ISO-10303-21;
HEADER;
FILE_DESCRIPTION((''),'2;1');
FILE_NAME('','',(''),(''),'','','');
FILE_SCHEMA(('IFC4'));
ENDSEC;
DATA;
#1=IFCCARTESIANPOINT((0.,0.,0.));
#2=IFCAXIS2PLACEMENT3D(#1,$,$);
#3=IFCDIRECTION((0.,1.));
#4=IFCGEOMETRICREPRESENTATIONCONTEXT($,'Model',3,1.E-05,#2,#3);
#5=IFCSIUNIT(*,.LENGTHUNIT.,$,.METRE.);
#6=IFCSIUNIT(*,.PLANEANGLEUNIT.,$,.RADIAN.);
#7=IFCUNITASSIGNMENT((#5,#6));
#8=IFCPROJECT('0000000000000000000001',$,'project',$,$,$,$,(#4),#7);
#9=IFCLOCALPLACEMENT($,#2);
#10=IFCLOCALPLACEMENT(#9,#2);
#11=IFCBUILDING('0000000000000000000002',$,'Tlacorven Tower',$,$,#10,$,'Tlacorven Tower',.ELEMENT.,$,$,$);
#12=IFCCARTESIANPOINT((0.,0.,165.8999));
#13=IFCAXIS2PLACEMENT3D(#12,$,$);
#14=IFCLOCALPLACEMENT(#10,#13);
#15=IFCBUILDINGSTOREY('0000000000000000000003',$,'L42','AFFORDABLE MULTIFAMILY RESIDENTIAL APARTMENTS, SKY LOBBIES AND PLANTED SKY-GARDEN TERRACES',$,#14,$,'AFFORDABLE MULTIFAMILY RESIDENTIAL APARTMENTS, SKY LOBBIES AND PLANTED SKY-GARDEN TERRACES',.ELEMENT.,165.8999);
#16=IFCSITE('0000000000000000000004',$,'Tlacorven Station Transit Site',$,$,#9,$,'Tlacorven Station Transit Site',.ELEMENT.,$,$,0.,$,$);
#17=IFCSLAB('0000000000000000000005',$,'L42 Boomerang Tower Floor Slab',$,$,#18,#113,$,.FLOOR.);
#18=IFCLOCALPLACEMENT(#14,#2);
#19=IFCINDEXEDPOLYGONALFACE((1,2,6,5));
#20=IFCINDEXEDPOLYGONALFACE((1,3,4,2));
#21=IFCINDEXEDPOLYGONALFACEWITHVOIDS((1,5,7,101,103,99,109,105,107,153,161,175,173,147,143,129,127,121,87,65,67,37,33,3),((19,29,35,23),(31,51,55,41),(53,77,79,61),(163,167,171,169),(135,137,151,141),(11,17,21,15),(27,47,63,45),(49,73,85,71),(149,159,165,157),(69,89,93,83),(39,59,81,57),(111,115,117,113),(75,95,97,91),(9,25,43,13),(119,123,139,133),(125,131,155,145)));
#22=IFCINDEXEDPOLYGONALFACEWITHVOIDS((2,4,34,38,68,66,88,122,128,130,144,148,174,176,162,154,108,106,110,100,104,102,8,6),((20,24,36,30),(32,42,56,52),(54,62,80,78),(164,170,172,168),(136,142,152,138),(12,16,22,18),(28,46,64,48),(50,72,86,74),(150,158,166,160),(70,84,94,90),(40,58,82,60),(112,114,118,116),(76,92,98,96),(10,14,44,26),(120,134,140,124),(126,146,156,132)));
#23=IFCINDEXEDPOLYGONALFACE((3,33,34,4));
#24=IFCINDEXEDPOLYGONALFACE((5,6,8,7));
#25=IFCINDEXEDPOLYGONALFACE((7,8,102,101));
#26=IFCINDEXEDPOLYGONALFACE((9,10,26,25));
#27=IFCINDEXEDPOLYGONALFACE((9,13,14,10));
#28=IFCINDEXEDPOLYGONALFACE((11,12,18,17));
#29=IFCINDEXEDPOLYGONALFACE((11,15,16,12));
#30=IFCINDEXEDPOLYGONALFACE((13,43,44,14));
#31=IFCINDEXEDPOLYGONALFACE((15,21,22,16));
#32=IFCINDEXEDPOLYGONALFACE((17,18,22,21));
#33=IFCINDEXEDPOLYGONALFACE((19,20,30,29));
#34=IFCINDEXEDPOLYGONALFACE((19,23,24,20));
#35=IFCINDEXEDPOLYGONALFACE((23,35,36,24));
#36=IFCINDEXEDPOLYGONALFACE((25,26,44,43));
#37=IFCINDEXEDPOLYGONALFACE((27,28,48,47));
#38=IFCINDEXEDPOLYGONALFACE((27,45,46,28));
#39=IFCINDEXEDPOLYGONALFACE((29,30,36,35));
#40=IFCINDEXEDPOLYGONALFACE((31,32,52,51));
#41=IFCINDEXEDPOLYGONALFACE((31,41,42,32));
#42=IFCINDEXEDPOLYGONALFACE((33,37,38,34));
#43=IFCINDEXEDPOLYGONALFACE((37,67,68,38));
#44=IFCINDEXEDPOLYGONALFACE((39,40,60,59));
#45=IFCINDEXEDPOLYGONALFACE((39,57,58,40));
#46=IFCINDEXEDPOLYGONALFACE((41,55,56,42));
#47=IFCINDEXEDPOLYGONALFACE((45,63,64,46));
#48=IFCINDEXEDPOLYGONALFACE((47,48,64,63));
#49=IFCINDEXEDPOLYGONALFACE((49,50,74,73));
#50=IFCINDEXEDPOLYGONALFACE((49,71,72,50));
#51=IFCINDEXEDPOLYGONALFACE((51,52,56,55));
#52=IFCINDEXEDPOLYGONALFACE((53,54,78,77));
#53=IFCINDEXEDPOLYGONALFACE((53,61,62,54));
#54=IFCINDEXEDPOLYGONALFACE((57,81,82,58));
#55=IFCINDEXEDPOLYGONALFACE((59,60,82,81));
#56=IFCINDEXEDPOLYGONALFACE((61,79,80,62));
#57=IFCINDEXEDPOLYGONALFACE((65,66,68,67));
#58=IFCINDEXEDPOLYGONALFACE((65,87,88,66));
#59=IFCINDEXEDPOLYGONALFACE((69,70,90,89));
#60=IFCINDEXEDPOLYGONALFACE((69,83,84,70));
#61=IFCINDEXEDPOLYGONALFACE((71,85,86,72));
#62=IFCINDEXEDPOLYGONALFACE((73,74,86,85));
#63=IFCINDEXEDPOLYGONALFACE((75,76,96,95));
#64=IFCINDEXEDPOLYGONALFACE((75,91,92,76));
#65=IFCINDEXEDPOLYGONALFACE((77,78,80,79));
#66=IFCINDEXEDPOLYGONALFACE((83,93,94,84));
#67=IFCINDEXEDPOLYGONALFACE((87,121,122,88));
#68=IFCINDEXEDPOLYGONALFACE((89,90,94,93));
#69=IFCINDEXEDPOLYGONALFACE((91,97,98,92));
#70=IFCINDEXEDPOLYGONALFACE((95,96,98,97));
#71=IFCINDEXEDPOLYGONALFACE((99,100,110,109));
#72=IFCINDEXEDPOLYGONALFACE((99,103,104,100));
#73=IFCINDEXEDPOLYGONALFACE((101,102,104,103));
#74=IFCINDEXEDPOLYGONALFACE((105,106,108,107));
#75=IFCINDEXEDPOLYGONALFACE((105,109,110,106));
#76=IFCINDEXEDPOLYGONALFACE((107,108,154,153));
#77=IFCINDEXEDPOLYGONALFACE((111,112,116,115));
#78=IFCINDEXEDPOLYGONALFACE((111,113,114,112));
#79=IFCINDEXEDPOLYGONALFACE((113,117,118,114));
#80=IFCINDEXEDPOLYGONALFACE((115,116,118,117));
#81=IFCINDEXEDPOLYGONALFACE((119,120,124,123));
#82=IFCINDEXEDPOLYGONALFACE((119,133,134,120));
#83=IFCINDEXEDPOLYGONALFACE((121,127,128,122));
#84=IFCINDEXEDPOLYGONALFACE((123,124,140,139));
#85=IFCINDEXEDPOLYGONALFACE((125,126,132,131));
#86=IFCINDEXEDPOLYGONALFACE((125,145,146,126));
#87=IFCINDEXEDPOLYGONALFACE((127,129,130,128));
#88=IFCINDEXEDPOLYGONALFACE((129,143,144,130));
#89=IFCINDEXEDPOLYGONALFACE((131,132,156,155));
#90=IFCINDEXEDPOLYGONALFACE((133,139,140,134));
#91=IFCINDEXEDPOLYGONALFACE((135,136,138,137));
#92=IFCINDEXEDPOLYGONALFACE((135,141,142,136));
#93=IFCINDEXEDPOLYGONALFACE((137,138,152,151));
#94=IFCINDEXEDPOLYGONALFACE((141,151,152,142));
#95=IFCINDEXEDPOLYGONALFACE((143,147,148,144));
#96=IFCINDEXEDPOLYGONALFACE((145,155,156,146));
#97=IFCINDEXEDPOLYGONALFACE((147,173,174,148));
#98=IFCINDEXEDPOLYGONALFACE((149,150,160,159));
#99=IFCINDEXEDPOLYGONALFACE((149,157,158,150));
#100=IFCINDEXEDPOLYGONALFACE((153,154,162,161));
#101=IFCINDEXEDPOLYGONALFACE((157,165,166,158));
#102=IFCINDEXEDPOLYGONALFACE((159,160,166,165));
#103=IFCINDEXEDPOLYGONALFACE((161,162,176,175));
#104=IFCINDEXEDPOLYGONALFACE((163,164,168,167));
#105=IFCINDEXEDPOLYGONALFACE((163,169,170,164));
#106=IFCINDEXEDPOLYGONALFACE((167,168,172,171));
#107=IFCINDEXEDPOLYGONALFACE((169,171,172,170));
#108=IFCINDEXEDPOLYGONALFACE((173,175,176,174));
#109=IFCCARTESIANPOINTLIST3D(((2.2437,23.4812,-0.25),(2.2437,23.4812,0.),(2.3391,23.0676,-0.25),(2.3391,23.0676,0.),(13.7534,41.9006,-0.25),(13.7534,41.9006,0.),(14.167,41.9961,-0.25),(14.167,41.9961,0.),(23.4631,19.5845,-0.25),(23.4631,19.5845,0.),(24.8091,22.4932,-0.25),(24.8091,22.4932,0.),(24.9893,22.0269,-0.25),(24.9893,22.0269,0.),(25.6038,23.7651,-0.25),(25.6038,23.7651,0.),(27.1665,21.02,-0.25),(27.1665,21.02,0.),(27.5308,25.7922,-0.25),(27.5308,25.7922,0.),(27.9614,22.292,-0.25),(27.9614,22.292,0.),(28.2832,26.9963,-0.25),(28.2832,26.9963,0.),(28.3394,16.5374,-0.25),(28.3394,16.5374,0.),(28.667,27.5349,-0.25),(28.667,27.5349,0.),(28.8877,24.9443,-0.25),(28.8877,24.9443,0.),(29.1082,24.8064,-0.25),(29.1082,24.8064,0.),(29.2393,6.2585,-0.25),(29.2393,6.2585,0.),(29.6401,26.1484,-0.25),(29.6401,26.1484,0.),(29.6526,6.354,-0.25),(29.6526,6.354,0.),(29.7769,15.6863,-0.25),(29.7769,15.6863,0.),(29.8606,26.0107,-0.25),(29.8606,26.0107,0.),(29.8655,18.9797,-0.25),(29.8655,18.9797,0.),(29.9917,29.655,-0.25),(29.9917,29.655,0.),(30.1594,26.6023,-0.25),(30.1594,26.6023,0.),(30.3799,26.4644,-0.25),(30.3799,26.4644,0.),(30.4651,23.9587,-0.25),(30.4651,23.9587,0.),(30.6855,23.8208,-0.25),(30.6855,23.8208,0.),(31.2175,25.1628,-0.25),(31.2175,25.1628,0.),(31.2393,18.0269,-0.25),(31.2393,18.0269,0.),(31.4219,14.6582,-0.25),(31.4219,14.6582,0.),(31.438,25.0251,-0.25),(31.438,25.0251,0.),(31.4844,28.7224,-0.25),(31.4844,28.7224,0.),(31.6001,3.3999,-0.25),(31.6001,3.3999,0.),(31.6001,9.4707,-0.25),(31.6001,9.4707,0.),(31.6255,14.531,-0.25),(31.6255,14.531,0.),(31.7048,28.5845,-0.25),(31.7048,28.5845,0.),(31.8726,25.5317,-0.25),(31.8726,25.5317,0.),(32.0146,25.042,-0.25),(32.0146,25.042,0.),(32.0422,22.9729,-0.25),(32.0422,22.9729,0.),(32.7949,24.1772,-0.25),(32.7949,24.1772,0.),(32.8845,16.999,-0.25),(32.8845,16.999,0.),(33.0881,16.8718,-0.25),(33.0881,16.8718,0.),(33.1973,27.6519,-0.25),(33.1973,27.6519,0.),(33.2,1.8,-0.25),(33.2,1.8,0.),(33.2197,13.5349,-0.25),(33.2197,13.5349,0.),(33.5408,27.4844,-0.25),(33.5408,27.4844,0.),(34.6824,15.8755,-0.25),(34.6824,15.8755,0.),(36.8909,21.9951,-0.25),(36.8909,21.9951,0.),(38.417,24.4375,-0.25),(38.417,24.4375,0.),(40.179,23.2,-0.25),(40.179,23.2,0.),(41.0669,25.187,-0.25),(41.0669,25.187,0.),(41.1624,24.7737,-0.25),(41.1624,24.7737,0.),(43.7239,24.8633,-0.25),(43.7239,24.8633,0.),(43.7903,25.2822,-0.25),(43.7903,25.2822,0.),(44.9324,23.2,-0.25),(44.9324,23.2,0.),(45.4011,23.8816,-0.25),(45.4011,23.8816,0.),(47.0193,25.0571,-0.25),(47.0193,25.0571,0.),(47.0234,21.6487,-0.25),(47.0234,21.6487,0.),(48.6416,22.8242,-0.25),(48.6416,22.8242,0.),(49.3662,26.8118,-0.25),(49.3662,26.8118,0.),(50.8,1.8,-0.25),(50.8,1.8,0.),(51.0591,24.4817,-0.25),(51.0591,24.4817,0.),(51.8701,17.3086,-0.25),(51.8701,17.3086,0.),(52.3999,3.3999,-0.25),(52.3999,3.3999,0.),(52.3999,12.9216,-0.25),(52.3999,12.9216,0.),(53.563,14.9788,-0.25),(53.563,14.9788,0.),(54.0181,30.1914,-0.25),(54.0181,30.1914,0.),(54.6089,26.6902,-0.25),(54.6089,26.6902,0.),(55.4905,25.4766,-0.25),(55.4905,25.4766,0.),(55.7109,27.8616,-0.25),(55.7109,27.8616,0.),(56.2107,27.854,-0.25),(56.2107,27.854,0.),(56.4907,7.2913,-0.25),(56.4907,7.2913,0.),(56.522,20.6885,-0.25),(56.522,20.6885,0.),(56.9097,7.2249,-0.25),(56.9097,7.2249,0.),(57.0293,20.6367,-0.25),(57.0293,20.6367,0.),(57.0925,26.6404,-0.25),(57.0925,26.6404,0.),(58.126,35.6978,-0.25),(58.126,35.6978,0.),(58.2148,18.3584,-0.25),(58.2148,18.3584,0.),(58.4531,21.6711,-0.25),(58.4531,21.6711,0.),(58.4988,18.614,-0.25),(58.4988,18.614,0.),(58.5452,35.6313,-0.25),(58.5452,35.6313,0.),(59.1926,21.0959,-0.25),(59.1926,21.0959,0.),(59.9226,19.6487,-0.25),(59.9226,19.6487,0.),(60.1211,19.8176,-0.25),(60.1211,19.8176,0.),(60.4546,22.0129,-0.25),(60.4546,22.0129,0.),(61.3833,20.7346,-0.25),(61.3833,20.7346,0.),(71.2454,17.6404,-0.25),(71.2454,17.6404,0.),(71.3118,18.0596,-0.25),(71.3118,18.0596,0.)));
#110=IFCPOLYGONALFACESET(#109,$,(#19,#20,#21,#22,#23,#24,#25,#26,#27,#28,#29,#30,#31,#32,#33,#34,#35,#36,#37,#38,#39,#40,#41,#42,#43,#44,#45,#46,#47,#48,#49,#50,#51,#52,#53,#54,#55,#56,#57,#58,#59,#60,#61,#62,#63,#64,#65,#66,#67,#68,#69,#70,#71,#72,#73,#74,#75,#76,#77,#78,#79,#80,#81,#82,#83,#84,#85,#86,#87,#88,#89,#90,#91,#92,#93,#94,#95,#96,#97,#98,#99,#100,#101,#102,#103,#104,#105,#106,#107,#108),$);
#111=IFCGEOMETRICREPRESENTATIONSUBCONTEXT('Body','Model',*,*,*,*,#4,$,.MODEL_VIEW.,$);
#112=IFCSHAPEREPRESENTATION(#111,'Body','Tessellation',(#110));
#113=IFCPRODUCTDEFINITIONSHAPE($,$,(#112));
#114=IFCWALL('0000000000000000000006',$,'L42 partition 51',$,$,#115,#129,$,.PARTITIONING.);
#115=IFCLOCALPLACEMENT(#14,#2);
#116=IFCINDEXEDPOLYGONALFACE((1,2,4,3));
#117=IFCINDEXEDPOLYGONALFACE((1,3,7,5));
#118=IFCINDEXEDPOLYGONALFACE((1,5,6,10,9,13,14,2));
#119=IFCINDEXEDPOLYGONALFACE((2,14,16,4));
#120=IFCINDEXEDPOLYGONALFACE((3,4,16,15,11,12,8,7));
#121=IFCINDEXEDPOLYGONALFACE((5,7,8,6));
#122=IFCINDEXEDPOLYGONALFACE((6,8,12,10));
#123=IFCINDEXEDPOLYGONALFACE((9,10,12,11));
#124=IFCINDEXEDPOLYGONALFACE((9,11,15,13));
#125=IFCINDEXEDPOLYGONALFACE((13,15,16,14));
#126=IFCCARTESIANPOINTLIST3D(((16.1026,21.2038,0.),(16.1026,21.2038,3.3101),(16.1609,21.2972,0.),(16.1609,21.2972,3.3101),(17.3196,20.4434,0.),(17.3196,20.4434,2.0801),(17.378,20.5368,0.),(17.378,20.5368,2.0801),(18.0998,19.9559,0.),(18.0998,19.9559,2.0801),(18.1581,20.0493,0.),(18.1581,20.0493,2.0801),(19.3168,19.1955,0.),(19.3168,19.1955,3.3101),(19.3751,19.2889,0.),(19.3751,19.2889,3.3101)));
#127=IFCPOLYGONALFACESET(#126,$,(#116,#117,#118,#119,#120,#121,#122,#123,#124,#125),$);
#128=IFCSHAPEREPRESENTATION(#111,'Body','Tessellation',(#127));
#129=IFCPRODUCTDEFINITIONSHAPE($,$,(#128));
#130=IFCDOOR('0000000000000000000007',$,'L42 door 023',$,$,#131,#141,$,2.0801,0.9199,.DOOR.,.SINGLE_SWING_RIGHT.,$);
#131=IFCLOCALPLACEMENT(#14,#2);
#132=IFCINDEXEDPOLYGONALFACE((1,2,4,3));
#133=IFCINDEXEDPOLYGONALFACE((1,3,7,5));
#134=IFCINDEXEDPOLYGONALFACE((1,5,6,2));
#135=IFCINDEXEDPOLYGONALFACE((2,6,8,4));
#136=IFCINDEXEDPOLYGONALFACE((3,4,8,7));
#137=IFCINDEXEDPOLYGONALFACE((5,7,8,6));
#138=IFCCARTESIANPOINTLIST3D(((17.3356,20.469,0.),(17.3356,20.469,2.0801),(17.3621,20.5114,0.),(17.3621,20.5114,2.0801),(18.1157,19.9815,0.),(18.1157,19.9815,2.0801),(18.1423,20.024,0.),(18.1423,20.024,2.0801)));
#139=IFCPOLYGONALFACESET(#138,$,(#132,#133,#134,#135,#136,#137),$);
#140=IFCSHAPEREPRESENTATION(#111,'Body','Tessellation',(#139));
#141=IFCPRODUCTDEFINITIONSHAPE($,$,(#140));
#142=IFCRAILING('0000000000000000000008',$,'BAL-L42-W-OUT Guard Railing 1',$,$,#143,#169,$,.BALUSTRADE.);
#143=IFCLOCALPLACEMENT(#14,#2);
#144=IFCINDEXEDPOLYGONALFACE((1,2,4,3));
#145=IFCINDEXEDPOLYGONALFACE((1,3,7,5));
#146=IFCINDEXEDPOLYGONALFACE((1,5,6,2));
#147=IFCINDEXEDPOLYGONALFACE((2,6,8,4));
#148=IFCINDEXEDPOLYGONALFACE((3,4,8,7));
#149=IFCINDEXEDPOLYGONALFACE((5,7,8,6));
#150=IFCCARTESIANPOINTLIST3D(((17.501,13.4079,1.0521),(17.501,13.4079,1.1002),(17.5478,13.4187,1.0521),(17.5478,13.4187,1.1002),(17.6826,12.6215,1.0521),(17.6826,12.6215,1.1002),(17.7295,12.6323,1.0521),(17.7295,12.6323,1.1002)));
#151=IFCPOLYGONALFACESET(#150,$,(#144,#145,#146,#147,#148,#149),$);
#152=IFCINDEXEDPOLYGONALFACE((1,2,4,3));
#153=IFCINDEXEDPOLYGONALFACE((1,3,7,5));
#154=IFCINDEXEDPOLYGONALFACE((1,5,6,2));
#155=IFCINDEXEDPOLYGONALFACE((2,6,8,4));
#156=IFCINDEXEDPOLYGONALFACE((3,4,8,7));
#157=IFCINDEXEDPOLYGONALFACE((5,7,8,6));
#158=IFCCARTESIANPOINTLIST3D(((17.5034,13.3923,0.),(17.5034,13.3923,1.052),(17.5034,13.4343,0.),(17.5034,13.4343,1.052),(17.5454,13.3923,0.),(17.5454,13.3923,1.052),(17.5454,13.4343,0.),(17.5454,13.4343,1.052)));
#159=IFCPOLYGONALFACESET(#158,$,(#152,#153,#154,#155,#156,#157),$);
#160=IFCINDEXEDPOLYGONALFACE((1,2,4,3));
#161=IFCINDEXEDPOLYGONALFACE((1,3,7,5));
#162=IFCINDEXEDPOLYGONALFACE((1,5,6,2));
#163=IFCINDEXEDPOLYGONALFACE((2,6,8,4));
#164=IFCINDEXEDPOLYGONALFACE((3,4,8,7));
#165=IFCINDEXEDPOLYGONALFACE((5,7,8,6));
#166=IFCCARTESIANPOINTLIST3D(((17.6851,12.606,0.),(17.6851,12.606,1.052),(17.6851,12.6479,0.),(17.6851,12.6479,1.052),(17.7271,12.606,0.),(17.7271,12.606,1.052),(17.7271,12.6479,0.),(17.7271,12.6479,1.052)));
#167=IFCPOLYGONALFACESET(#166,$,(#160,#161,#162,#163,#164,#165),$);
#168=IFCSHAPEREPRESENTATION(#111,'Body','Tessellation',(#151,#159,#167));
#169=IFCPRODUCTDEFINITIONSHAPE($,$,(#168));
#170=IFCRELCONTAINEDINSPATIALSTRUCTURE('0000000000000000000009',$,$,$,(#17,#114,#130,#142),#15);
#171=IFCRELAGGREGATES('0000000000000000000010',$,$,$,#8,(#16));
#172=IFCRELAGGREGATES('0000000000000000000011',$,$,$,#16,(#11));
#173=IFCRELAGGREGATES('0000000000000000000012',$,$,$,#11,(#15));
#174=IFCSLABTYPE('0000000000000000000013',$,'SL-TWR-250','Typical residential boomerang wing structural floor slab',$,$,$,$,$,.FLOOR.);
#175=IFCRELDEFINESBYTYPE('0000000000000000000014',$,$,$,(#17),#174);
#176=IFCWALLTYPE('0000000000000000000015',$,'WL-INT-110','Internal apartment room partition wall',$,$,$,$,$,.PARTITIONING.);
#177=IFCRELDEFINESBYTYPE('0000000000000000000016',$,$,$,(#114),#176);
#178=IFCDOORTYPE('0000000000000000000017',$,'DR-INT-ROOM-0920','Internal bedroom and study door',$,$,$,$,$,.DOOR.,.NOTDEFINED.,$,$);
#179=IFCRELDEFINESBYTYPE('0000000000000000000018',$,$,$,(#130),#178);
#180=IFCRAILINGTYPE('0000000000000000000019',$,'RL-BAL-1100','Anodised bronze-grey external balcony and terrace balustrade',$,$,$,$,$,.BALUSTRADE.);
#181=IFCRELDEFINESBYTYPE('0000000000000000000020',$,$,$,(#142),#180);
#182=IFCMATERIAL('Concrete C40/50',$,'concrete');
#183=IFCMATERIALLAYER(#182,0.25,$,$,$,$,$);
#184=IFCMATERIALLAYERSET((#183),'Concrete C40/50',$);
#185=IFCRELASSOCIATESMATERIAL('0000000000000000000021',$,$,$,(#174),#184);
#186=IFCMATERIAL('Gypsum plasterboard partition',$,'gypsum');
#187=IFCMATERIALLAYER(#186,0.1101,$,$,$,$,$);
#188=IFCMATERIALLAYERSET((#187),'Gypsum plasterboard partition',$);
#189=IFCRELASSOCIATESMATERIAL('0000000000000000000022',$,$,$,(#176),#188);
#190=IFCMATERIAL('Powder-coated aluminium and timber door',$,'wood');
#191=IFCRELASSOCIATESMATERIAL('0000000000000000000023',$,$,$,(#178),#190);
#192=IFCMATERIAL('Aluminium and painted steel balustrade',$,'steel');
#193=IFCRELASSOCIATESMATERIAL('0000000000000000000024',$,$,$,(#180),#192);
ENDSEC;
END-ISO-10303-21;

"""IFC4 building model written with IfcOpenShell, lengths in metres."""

from ifc_helpers import new_model, si_unit, direction, frame, frame_2d, origin, origin_2d, place, context, subcontext, project, spatial, polyline, rectangle, outline, extrude, source, transform, mapped, material, layer, layer_set, type_object, element, fill, save


model = new_model("IFC4")

# Units and contexts
model_context = context("Model", 3, precision=1e-05, world=origin(), true_north=direction((0.0, 1.0)))
body_context = subcontext(model_context, "Body", "Model", "MODEL_VIEW")
ifc_project = project(units=[si_unit("LENGTHUNIT", "METRE"), si_unit("PLANEANGLEUNIT", "RADIAN")], contexts=[model_context])

# Site, building, storey
site_placement = place(None, origin())
site = spatial("IfcSite", under=ifc_project, at=site_placement, Name="Tlacorven Station Transit Site", LongName="Tlacorven Station Transit Site", CompositionType="ELEMENT", RefElevation=0.0)
building_placement = place(site_placement, origin())
building = spatial("IfcBuilding", under=site, at=building_placement, Name="Tlacorven Tower", LongName="Tlacorven Tower", CompositionType="ELEMENT")
storey_placement = place(building_placement, frame((0.0, 0.0, 165.8999)))
storey = spatial("IfcBuildingStorey", under=building, at=storey_placement, Name="L42", Description="AFFORDABLE MULTIFAMILY RESIDENTIAL APARTMENTS, SKY LOBBIES AND PLANTED SKY-GARDEN TERRACES", LongName="AFFORDABLE MULTIFAMILY RESIDENTIAL APARTMENTS, SKY LOBBIES AND PLANTED SKY-GARDEN TERRACES", CompositionType="ELEMENT", Elevation=165.8999)

# Shared definitions
ifc_material_1 = material(Name="Concrete C40/50", Category="concrete")

# Slab
ifc_layer_1 = layer(ifc_material_1, 0.25)
ifc_layer_set_1 = layer_set([ifc_layer_1], Name="Concrete C40/50")
slab_type_1 = type_object("IfcSlabType", Name="SL-TWR-250", Description="Typical residential boomerang wing structural floor slab", PredefinedType="FLOOR", material=ifc_layer_set_1)
slab_1_placement = place(storey_placement, frame((0.0, 0.0, -0.25)))
element("IfcSlab", 1, at=slab_1_placement, inside=storey, type_object=slab_type_1, Name="L42 Boomerang Tower Floor Slab", PredefinedType="FLOOR", context=body_context, shape_type="SweptSolid", body=[
    extrude(outline(polyline([(52.3999, 3.3999), (50.8, 1.8), (33.2, 1.8), (31.6001, 3.3999), (31.6001, 9.4707), (29.6526, 6.354), (29.2393, 6.2585), (2.3391, 23.0676), (2.2437, 23.4812), (13.7534, 41.9006), (14.167, 41.9961), (41.0669, 25.187), (41.1624, 24.7737), (40.179, 23.2), (44.9324, 23.2), (43.7239, 24.8633), (43.7903, 25.2822), (58.126, 35.6978), (58.5452, 35.6313), (71.3118, 18.0596), (71.2454, 17.6404), (56.9097, 7.2249), (56.4907, 7.2913), (52.3999, 12.9216), (52.3999, 3.3999)]), holes=[polyline([(29.8655, 18.9797), (24.9893, 22.0269), (23.4631, 19.5845), (28.3394, 16.5374), (29.8655, 18.9797)]), polyline([(38.417, 24.4375), (33.5408, 27.4844), (32.0146, 25.042), (36.8909, 21.9951), (38.417, 24.4375)]), polyline([(51.0591, 24.4817), (55.7109, 27.8616), (54.0181, 30.1914), (49.3662, 26.8118), (51.0591, 24.4817)]), polyline([(53.563, 14.9788), (58.2148, 18.3584), (56.522, 20.6885), (51.8701, 17.3086), (53.563, 14.9788)]), polyline([(34.6824, 15.8755), (33.0881, 16.8718), (31.6255, 14.531), (33.2197, 13.5349), (34.6824, 15.8755)]), polyline([(32.8845, 16.999), (31.2393, 18.0269), (29.7769, 15.6863), (31.4219, 14.6582), (32.8845, 16.999)]), polyline([(47.0234, 21.6487), (48.6416, 22.8242), (47.0193, 25.0571), (45.4011, 23.8816), (47.0234, 21.6487)]), polyline([(33.1973, 27.6519), (31.7048, 28.5845), (30.3799, 26.4644), (31.8726, 25.5317), (33.1973, 27.6519)]), polyline([(31.4844, 28.7224), (29.9917, 29.655), (28.667, 27.5349), (30.1594, 26.6023), (31.4844, 28.7224)]), polyline([(32.7949, 24.1772), (31.438, 25.0251), (30.6855, 23.8208), (32.0422, 22.9729), (32.7949, 24.1772)]), polyline([(31.2175, 25.1628), (29.8606, 26.0107), (29.1082, 24.8064), (30.4651, 23.9587), (31.2175, 25.1628)]), polyline([(29.6401, 26.1484), (28.2832, 26.9963), (27.5308, 25.7922), (28.8877, 24.9443), (29.6401, 26.1484)]), polyline([(58.4988, 18.614), (59.9226, 19.6487), (58.4531, 21.6711), (57.0293, 20.6367), (58.4988, 18.614)]), polyline([(27.9614, 22.292), (25.6038, 23.7651), (24.8091, 22.4932), (27.1665, 21.02), (27.9614, 22.292)]), polyline([(55.4905, 25.4766), (57.0925, 26.6404), (56.2107, 27.854), (54.6089, 26.6902), (55.4905, 25.4766)]), polyline([(60.1211, 19.8176), (61.3833, 20.7346), (60.4546, 22.0129), (59.1926, 21.0959), (60.1211, 19.8176)])]), origin(), (0.0, 0.0, 1.0), 0.25),
])

# Wall, opening, door
ifc_material_2 = material(Name="Gypsum plasterboard partition", Category="gypsum")
ifc_layer_2 = layer(ifc_material_2, 0.1101)
ifc_layer_set_2 = layer_set([ifc_layer_2], Name="Gypsum plasterboard partition")
wall_type = type_object("IfcWallType", Name="WL-INT-110", Description="Internal apartment room partition wall", PredefinedType="PARTITIONING", material=ifc_layer_set_2)
wall_placement = place(storey_placement, frame((19.3459, 19.2422, 0.0), z_axis=(0.0, 0.0, 1.0), x_axis=(-0.84806, 0.529901, 0.0)))
wall = element("IfcWall", 2, at=wall_placement, inside=storey, type_object=wall_type, Name="L42 partition 51", PredefinedType="PARTITIONING", context=body_context, shape_type="SweptSolid", body=[
    extrude(rectangle(XDim=3.79, YDim=0.1101, at=frame_2d((1.895, 0.0))), origin(), (0.0, 0.0, 1.0), 3.3101),
])
opening_placement = place(wall_placement, frame((1.4351, 0.0, 0.0)))
opening = element("IfcOpeningElement", 3, at=opening_placement, cuts=wall, PredefinedType="OPENING", context=body_context, shape_type="SweptSolid", body=[
    extrude(rectangle(XDim=0.9199, YDim=2.0801, at=frame_2d((0.46, 1.04))), frame((0.0, 0.0649, 0.0), z_axis=(0.0, -1.0, 0.0), x_axis=(1.0, 0.0, 0.0)), (0.0, 0.0, 1.0), 0.1301),
])
ifc_material_3 = material(Name="Powder-coated aluminium and timber door", Category="wood")
door_type = type_object("IfcDoorType", Name="DR-INT-ROOM-0920", Description="Internal bedroom and study door", OperationType="NOTDEFINED", PredefinedType="DOOR", material=ifc_material_3)
shared_shape_1 = source(origin(), body_context, "Body", "SweptSolid", [
    extrude(rectangle(XDim=0.9199, YDim=2.0801, at=frame_2d((0.46, 1.04))), frame((0.0, 0.0249, 0.0), z_axis=(0.0, -1.0, 0.0), x_axis=(1.0, 0.0, 0.0)), (0.0, 0.0, 1.0), 0.05),
])
door_placement = place(opening_placement, origin())
door = element("IfcDoor", 4, at=door_placement, inside=storey, type_object=door_type, Name="L42 door 023", OperationType="SINGLE_SWING_RIGHT", OverallHeight=2.0801, OverallWidth=0.9199, PredefinedType="DOOR", context=body_context, shape_type="MappedRepresentation", body=[
    mapped(shared_shape_1, transform((0.0, 0.0, 0.0), scale=1.0)),
])
fill(opening, door)

# Railing
ifc_material_4 = material(Name="Aluminium and painted steel balustrade", Category="steel")
railing_type = type_object("IfcRailingType", Name="RL-BAL-1100", Description="Anodised bronze-grey external balcony and terrace balustrade", PredefinedType="BALUSTRADE", material=ifc_material_4)
shared_shape_2 = source(origin(), body_context, "Body", "SweptSolid", [
    extrude(rectangle(XDim=0.0481, YDim=0.0481, at=origin_2d()), frame((0.0, 0.0, 1.0762), z_axis=(0.225058, -0.974345, 0.0), x_axis=(0.974345, 0.225058, 0.0)), (0.0, 0.0, 1.0), 0.8071),
    extrude(rectangle(XDim=0.042, YDim=0.042, at=origin_2d()), origin(), (0.0, 0.0, 1.0), 1.052),
    extrude(rectangle(XDim=0.042, YDim=0.042, at=origin_2d()), frame((0.1816, -0.7864, 0.0)), (0.0, 0.0, 1.0), 1.052),
])
railing_1_placement = place(storey_placement, frame((17.5244, 13.4133, 0.0)))
element("IfcRailing", 5, at=railing_1_placement, inside=storey, type_object=railing_type, Name="BAL-L42-W-OUT Guard Railing 1", PredefinedType="BALUSTRADE", context=body_context, shape_type="MappedRepresentation", body=[
    mapped(shared_shape_2, transform((0.0, 0.0, 0.0), scale=1.0)),
])

save(model, "model.ifc")
